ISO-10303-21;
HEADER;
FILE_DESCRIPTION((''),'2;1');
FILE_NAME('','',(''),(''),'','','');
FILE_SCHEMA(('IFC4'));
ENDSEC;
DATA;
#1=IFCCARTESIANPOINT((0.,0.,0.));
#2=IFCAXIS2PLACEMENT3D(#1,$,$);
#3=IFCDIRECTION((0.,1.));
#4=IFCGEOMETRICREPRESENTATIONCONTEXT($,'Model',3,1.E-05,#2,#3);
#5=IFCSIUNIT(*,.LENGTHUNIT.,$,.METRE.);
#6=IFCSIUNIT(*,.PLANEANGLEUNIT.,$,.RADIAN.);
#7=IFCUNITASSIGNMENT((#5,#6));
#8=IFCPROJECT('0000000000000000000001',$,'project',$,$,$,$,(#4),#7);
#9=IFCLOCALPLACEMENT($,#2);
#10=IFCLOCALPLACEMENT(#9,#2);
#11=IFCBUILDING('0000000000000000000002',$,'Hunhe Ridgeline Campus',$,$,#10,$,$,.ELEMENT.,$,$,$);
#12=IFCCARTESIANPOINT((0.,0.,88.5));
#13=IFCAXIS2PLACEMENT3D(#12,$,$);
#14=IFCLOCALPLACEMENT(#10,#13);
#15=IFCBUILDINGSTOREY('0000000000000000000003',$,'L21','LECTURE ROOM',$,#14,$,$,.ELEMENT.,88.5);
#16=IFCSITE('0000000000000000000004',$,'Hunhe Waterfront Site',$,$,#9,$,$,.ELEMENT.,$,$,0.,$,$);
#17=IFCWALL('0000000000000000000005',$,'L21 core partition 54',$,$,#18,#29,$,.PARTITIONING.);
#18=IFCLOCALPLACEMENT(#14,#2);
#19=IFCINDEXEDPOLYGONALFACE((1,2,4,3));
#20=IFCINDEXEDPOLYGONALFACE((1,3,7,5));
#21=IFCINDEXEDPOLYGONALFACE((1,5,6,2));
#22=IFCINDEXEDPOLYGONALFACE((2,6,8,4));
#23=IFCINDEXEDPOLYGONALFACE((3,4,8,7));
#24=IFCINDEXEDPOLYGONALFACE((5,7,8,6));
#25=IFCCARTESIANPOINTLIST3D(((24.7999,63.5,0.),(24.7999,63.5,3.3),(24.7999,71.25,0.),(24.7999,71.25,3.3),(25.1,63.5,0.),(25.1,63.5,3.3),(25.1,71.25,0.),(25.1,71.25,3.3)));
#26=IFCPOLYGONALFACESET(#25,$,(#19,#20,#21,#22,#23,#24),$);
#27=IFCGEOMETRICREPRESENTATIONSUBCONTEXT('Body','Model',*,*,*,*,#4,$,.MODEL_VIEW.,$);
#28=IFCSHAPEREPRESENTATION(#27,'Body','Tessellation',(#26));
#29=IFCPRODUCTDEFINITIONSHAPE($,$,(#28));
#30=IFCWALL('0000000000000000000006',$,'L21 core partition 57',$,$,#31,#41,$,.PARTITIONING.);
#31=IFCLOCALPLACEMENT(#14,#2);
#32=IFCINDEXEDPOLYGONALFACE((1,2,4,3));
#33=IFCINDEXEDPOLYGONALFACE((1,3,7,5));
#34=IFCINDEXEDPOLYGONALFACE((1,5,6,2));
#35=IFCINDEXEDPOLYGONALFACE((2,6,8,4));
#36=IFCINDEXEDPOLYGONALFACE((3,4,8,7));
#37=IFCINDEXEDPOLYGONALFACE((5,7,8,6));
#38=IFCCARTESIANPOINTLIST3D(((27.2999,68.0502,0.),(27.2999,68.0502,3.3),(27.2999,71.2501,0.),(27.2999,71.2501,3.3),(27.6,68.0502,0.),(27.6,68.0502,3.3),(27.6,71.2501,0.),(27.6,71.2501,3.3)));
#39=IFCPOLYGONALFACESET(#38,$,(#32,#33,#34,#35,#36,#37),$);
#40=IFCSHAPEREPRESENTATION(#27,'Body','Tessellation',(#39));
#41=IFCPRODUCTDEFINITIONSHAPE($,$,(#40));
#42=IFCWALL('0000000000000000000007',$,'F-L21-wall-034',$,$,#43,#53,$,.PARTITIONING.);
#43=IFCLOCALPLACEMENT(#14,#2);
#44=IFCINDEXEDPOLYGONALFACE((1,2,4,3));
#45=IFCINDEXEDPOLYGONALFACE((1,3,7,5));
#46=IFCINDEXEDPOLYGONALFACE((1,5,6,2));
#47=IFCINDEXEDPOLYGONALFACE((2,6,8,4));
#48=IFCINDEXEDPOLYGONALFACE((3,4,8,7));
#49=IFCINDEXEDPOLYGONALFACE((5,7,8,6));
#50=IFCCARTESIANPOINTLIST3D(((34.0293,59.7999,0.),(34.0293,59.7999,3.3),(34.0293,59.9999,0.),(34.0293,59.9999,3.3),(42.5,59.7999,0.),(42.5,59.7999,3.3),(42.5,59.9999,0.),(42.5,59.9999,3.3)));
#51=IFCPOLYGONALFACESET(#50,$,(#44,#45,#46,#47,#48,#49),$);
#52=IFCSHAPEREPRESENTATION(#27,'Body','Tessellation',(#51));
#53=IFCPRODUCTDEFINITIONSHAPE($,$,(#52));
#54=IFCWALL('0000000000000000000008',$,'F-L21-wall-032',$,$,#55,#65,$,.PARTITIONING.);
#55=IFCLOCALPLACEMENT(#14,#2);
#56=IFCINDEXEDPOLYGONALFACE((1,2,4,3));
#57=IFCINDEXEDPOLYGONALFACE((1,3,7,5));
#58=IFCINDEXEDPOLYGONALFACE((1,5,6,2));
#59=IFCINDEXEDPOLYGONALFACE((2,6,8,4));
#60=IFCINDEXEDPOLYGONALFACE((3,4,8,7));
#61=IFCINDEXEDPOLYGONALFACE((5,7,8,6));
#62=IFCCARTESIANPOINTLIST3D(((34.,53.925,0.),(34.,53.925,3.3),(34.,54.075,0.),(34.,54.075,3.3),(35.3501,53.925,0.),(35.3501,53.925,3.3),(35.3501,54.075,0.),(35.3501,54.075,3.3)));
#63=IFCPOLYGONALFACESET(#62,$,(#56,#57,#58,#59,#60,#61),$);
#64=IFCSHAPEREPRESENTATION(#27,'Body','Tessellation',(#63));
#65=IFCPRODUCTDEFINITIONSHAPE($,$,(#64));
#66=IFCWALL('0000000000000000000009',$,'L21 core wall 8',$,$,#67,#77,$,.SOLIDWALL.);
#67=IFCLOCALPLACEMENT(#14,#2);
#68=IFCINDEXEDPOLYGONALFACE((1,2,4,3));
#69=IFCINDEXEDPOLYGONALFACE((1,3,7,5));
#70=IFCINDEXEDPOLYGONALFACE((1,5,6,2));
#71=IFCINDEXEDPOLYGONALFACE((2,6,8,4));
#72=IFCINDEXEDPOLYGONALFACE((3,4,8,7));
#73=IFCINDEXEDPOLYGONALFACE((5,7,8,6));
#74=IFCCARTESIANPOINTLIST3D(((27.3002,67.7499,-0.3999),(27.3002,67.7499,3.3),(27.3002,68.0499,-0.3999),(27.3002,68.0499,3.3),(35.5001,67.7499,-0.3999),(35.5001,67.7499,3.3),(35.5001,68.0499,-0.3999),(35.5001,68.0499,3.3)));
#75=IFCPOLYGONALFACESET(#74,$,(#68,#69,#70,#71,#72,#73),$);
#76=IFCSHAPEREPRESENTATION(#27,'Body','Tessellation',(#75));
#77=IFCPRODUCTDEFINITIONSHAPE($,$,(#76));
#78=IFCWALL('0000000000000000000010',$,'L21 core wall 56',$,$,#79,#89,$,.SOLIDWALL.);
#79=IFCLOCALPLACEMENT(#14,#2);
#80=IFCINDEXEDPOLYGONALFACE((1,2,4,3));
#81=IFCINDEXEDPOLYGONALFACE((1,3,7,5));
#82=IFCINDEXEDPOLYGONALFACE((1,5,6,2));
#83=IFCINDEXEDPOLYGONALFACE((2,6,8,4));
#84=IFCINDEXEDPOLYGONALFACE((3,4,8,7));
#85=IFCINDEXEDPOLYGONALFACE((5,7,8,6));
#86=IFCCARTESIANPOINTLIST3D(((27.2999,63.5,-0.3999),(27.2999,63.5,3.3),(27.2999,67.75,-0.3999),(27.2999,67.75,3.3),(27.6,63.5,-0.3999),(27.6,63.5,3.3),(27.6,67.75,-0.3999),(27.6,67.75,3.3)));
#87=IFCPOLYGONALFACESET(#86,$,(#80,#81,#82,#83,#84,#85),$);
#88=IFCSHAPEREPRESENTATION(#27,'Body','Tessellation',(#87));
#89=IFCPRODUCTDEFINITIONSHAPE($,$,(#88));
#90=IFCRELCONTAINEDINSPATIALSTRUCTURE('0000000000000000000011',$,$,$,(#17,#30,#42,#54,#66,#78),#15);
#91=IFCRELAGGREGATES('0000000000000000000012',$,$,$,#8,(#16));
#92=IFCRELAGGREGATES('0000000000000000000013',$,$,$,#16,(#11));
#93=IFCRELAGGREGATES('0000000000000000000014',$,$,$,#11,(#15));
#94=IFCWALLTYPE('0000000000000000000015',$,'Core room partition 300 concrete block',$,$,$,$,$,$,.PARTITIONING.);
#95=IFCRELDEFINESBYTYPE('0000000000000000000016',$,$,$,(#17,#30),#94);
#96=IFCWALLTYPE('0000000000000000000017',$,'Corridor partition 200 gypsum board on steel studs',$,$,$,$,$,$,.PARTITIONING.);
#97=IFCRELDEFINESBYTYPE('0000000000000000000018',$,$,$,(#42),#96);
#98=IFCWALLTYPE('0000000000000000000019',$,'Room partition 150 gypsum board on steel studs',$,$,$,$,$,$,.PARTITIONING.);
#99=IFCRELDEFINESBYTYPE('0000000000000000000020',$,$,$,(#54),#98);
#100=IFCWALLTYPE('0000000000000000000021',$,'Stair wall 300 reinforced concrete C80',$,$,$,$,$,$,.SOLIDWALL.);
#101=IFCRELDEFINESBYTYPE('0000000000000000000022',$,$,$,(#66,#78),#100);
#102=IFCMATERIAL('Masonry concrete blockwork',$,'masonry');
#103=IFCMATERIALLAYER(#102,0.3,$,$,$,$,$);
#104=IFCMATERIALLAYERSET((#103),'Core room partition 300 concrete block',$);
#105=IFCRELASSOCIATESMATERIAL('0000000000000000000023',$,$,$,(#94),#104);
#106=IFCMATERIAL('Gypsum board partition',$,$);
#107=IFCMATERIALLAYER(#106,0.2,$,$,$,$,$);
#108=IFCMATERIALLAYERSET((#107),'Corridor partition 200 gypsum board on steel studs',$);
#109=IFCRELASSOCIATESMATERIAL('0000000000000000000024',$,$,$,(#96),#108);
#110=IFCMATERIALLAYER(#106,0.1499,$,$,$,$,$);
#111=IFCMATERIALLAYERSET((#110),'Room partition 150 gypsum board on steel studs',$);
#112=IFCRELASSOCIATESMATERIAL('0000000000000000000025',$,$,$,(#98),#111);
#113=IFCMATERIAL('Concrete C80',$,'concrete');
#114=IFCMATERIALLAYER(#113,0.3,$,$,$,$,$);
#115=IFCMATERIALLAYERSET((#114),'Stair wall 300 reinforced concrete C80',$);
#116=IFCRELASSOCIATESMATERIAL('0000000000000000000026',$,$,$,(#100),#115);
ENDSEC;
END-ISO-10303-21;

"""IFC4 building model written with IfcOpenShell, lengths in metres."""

from ifc_helpers import new_model, si_unit, direction, frame, frame_2d, origin, place, context, subcontext, project, spatial, rectangle, extrude, material, layer, layer_set, type_object, element, save


model = new_model("IFC4")

# Units and contexts
model_context = context("Model", 3, precision=1e-05, world=origin(), true_north=direction((0.0, 1.0)))
body_context = subcontext(model_context, "Body", "Model", "MODEL_VIEW")
ifc_project = project(units=[si_unit("LENGTHUNIT", "METRE"), si_unit("PLANEANGLEUNIT", "RADIAN")], contexts=[model_context])

# Site, building, storey
site_placement = place(None, origin())
site = spatial("IfcSite", under=ifc_project, at=site_placement, Name="Hunhe Waterfront Site", CompositionType="ELEMENT", RefElevation=0.0)
building_placement = place(site_placement, origin())
building = spatial("IfcBuilding", under=site, at=building_placement, Name="Hunhe Ridgeline Campus", CompositionType="ELEMENT")
storey_placement = place(building_placement, frame((0.0, 0.0, 88.5)))
storey = spatial("IfcBuildingStorey", under=building, at=storey_placement, Name="L21", Description="LECTURE ROOM", CompositionType="ELEMENT", Elevation=88.5)

# Walls
ifc_material_1 = material(Name="Masonry concrete blockwork", Category="masonry")
ifc_layer_1 = layer(ifc_material_1, 0.3)
ifc_layer_set_1 = layer_set([ifc_layer_1], Name="Core room partition 300 concrete block")
wall_type_1 = type_object("IfcWallType", Name="Core room partition 300 concrete block", PredefinedType="PARTITIONING", material=ifc_layer_set_1)
wall_1_placement = place(storey_placement, frame((24.95, 63.5, 0.0), z_axis=(0.0, 0.0, 1.0), x_axis=(0.0, 1.0, 0.0)))
element("IfcWall", 1, at=wall_1_placement, inside=storey, type_object=wall_type_1, Name="L21 core partition 54", PredefinedType="PARTITIONING", context=body_context, shape_type="SweptSolid", body=[
    extrude(rectangle(XDim=7.75, YDim=0.3, at=frame_2d((3.875, 0.0))), origin(), (0.0, 0.0, 1.0), 3.3),
])
wall_2_placement = place(storey_placement, frame((27.45, 68.05, 0.0), z_axis=(0.0, 0.0, 1.0), x_axis=(0.0, 1.0, 0.0)))
element("IfcWall", 2, at=wall_2_placement, inside=storey, type_object=wall_type_1, Name="L21 core partition 57", PredefinedType="PARTITIONING", context=body_context, shape_type="SweptSolid", body=[
    extrude(rectangle(XDim=3.2, YDim=0.3, at=frame_2d((1.6001, 0.0))), origin(), (0.0, 0.0, 1.0), 3.3),
])
ifc_material_2 = material(Name="Gypsum board partition")
ifc_layer_2 = layer(ifc_material_2, 0.2)
ifc_layer_set_2 = layer_set([ifc_layer_2], Name="Corridor partition 200 gypsum board on steel studs")
wall_type_2 = type_object("IfcWallType", Name="Corridor partition 200 gypsum board on steel studs", PredefinedType="PARTITIONING", material=ifc_layer_set_2)
wall_3_placement = place(storey_placement, frame((34.0293, 59.8999, 0.0), z_axis=(0.0, 0.0, 1.0), x_axis=(1.0, 0.0, 0.0)))
element("IfcWall", 3, at=wall_3_placement, inside=storey, type_object=wall_type_2, Name="F-L21-wall-034", PredefinedType="PARTITIONING", context=body_context, shape_type="SweptSolid", body=[
    extrude(rectangle(XDim=8.4707, YDim=0.2, at=frame_2d((4.2354, 0.0))), origin(), (0.0, 0.0, 1.0), 3.3),
])

# Walls
ifc_layer_3 = layer(ifc_material_2, 0.1499)
ifc_layer_set_3 = layer_set([ifc_layer_3], Name="Room partition 150 gypsum board on steel studs")
wall_type_3 = type_object("IfcWallType", Name="Room partition 150 gypsum board on steel studs", PredefinedType="PARTITIONING", material=ifc_layer_set_3)
wall_4_placement = place(storey_placement, frame((34.0, 54.0, 0.0), z_axis=(0.0, 0.0, 1.0), x_axis=(1.0, 0.0, 0.0)))
element("IfcWall", 4, at=wall_4_placement, inside=storey, type_object=wall_type_3, Name="F-L21-wall-032", PredefinedType="PARTITIONING", context=body_context, shape_type="SweptSolid", body=[
    extrude(rectangle(XDim=1.3501, YDim=0.1499, at=frame_2d((0.675, 0.0))), origin(), (0.0, 0.0, 1.0), 3.3),
])
ifc_material_3 = material(Name="Concrete C80", Category="concrete")
ifc_layer_4 = layer(ifc_material_3, 0.3)
ifc_layer_set_4 = layer_set([ifc_layer_4], Name="Stair wall 300 reinforced concrete C80")
wall_type_4 = type_object("IfcWallType", Name="Stair wall 300 reinforced concrete C80", PredefinedType="SOLIDWALL", material=ifc_layer_set_4)
wall_5_placement = place(storey_placement, frame((27.3, 67.8999, -0.3999), z_axis=(0.0, 0.0, 1.0), x_axis=(1.0, 0.0, 0.0)))
element("IfcWall", 5, at=wall_5_placement, inside=storey, type_object=wall_type_4, Name="L21 core wall 8", PredefinedType="SOLIDWALL", context=body_context, shape_type="SweptSolid", body=[
    extrude(rectangle(XDim=8.2, YDim=0.3, at=frame_2d((4.1001, 0.0))), origin(), (0.0, 0.0, 1.0), 3.7),
])
wall_6_placement = place(storey_placement, frame((27.45, 63.5, -0.3999), z_axis=(0.0, 0.0, 1.0), x_axis=(0.0, 1.0, 0.0)))
element("IfcWall", 6, at=wall_6_placement, inside=storey, type_object=wall_type_4, Name="L21 core wall 56", PredefinedType="SOLIDWALL", context=body_context, shape_type="SweptSolid", body=[
    extrude(rectangle(XDim=4.25, YDim=0.3, at=frame_2d((2.125, 0.0))), origin(), (0.0, 0.0, 1.0), 3.7),
])

save(model, "model.ifc")
